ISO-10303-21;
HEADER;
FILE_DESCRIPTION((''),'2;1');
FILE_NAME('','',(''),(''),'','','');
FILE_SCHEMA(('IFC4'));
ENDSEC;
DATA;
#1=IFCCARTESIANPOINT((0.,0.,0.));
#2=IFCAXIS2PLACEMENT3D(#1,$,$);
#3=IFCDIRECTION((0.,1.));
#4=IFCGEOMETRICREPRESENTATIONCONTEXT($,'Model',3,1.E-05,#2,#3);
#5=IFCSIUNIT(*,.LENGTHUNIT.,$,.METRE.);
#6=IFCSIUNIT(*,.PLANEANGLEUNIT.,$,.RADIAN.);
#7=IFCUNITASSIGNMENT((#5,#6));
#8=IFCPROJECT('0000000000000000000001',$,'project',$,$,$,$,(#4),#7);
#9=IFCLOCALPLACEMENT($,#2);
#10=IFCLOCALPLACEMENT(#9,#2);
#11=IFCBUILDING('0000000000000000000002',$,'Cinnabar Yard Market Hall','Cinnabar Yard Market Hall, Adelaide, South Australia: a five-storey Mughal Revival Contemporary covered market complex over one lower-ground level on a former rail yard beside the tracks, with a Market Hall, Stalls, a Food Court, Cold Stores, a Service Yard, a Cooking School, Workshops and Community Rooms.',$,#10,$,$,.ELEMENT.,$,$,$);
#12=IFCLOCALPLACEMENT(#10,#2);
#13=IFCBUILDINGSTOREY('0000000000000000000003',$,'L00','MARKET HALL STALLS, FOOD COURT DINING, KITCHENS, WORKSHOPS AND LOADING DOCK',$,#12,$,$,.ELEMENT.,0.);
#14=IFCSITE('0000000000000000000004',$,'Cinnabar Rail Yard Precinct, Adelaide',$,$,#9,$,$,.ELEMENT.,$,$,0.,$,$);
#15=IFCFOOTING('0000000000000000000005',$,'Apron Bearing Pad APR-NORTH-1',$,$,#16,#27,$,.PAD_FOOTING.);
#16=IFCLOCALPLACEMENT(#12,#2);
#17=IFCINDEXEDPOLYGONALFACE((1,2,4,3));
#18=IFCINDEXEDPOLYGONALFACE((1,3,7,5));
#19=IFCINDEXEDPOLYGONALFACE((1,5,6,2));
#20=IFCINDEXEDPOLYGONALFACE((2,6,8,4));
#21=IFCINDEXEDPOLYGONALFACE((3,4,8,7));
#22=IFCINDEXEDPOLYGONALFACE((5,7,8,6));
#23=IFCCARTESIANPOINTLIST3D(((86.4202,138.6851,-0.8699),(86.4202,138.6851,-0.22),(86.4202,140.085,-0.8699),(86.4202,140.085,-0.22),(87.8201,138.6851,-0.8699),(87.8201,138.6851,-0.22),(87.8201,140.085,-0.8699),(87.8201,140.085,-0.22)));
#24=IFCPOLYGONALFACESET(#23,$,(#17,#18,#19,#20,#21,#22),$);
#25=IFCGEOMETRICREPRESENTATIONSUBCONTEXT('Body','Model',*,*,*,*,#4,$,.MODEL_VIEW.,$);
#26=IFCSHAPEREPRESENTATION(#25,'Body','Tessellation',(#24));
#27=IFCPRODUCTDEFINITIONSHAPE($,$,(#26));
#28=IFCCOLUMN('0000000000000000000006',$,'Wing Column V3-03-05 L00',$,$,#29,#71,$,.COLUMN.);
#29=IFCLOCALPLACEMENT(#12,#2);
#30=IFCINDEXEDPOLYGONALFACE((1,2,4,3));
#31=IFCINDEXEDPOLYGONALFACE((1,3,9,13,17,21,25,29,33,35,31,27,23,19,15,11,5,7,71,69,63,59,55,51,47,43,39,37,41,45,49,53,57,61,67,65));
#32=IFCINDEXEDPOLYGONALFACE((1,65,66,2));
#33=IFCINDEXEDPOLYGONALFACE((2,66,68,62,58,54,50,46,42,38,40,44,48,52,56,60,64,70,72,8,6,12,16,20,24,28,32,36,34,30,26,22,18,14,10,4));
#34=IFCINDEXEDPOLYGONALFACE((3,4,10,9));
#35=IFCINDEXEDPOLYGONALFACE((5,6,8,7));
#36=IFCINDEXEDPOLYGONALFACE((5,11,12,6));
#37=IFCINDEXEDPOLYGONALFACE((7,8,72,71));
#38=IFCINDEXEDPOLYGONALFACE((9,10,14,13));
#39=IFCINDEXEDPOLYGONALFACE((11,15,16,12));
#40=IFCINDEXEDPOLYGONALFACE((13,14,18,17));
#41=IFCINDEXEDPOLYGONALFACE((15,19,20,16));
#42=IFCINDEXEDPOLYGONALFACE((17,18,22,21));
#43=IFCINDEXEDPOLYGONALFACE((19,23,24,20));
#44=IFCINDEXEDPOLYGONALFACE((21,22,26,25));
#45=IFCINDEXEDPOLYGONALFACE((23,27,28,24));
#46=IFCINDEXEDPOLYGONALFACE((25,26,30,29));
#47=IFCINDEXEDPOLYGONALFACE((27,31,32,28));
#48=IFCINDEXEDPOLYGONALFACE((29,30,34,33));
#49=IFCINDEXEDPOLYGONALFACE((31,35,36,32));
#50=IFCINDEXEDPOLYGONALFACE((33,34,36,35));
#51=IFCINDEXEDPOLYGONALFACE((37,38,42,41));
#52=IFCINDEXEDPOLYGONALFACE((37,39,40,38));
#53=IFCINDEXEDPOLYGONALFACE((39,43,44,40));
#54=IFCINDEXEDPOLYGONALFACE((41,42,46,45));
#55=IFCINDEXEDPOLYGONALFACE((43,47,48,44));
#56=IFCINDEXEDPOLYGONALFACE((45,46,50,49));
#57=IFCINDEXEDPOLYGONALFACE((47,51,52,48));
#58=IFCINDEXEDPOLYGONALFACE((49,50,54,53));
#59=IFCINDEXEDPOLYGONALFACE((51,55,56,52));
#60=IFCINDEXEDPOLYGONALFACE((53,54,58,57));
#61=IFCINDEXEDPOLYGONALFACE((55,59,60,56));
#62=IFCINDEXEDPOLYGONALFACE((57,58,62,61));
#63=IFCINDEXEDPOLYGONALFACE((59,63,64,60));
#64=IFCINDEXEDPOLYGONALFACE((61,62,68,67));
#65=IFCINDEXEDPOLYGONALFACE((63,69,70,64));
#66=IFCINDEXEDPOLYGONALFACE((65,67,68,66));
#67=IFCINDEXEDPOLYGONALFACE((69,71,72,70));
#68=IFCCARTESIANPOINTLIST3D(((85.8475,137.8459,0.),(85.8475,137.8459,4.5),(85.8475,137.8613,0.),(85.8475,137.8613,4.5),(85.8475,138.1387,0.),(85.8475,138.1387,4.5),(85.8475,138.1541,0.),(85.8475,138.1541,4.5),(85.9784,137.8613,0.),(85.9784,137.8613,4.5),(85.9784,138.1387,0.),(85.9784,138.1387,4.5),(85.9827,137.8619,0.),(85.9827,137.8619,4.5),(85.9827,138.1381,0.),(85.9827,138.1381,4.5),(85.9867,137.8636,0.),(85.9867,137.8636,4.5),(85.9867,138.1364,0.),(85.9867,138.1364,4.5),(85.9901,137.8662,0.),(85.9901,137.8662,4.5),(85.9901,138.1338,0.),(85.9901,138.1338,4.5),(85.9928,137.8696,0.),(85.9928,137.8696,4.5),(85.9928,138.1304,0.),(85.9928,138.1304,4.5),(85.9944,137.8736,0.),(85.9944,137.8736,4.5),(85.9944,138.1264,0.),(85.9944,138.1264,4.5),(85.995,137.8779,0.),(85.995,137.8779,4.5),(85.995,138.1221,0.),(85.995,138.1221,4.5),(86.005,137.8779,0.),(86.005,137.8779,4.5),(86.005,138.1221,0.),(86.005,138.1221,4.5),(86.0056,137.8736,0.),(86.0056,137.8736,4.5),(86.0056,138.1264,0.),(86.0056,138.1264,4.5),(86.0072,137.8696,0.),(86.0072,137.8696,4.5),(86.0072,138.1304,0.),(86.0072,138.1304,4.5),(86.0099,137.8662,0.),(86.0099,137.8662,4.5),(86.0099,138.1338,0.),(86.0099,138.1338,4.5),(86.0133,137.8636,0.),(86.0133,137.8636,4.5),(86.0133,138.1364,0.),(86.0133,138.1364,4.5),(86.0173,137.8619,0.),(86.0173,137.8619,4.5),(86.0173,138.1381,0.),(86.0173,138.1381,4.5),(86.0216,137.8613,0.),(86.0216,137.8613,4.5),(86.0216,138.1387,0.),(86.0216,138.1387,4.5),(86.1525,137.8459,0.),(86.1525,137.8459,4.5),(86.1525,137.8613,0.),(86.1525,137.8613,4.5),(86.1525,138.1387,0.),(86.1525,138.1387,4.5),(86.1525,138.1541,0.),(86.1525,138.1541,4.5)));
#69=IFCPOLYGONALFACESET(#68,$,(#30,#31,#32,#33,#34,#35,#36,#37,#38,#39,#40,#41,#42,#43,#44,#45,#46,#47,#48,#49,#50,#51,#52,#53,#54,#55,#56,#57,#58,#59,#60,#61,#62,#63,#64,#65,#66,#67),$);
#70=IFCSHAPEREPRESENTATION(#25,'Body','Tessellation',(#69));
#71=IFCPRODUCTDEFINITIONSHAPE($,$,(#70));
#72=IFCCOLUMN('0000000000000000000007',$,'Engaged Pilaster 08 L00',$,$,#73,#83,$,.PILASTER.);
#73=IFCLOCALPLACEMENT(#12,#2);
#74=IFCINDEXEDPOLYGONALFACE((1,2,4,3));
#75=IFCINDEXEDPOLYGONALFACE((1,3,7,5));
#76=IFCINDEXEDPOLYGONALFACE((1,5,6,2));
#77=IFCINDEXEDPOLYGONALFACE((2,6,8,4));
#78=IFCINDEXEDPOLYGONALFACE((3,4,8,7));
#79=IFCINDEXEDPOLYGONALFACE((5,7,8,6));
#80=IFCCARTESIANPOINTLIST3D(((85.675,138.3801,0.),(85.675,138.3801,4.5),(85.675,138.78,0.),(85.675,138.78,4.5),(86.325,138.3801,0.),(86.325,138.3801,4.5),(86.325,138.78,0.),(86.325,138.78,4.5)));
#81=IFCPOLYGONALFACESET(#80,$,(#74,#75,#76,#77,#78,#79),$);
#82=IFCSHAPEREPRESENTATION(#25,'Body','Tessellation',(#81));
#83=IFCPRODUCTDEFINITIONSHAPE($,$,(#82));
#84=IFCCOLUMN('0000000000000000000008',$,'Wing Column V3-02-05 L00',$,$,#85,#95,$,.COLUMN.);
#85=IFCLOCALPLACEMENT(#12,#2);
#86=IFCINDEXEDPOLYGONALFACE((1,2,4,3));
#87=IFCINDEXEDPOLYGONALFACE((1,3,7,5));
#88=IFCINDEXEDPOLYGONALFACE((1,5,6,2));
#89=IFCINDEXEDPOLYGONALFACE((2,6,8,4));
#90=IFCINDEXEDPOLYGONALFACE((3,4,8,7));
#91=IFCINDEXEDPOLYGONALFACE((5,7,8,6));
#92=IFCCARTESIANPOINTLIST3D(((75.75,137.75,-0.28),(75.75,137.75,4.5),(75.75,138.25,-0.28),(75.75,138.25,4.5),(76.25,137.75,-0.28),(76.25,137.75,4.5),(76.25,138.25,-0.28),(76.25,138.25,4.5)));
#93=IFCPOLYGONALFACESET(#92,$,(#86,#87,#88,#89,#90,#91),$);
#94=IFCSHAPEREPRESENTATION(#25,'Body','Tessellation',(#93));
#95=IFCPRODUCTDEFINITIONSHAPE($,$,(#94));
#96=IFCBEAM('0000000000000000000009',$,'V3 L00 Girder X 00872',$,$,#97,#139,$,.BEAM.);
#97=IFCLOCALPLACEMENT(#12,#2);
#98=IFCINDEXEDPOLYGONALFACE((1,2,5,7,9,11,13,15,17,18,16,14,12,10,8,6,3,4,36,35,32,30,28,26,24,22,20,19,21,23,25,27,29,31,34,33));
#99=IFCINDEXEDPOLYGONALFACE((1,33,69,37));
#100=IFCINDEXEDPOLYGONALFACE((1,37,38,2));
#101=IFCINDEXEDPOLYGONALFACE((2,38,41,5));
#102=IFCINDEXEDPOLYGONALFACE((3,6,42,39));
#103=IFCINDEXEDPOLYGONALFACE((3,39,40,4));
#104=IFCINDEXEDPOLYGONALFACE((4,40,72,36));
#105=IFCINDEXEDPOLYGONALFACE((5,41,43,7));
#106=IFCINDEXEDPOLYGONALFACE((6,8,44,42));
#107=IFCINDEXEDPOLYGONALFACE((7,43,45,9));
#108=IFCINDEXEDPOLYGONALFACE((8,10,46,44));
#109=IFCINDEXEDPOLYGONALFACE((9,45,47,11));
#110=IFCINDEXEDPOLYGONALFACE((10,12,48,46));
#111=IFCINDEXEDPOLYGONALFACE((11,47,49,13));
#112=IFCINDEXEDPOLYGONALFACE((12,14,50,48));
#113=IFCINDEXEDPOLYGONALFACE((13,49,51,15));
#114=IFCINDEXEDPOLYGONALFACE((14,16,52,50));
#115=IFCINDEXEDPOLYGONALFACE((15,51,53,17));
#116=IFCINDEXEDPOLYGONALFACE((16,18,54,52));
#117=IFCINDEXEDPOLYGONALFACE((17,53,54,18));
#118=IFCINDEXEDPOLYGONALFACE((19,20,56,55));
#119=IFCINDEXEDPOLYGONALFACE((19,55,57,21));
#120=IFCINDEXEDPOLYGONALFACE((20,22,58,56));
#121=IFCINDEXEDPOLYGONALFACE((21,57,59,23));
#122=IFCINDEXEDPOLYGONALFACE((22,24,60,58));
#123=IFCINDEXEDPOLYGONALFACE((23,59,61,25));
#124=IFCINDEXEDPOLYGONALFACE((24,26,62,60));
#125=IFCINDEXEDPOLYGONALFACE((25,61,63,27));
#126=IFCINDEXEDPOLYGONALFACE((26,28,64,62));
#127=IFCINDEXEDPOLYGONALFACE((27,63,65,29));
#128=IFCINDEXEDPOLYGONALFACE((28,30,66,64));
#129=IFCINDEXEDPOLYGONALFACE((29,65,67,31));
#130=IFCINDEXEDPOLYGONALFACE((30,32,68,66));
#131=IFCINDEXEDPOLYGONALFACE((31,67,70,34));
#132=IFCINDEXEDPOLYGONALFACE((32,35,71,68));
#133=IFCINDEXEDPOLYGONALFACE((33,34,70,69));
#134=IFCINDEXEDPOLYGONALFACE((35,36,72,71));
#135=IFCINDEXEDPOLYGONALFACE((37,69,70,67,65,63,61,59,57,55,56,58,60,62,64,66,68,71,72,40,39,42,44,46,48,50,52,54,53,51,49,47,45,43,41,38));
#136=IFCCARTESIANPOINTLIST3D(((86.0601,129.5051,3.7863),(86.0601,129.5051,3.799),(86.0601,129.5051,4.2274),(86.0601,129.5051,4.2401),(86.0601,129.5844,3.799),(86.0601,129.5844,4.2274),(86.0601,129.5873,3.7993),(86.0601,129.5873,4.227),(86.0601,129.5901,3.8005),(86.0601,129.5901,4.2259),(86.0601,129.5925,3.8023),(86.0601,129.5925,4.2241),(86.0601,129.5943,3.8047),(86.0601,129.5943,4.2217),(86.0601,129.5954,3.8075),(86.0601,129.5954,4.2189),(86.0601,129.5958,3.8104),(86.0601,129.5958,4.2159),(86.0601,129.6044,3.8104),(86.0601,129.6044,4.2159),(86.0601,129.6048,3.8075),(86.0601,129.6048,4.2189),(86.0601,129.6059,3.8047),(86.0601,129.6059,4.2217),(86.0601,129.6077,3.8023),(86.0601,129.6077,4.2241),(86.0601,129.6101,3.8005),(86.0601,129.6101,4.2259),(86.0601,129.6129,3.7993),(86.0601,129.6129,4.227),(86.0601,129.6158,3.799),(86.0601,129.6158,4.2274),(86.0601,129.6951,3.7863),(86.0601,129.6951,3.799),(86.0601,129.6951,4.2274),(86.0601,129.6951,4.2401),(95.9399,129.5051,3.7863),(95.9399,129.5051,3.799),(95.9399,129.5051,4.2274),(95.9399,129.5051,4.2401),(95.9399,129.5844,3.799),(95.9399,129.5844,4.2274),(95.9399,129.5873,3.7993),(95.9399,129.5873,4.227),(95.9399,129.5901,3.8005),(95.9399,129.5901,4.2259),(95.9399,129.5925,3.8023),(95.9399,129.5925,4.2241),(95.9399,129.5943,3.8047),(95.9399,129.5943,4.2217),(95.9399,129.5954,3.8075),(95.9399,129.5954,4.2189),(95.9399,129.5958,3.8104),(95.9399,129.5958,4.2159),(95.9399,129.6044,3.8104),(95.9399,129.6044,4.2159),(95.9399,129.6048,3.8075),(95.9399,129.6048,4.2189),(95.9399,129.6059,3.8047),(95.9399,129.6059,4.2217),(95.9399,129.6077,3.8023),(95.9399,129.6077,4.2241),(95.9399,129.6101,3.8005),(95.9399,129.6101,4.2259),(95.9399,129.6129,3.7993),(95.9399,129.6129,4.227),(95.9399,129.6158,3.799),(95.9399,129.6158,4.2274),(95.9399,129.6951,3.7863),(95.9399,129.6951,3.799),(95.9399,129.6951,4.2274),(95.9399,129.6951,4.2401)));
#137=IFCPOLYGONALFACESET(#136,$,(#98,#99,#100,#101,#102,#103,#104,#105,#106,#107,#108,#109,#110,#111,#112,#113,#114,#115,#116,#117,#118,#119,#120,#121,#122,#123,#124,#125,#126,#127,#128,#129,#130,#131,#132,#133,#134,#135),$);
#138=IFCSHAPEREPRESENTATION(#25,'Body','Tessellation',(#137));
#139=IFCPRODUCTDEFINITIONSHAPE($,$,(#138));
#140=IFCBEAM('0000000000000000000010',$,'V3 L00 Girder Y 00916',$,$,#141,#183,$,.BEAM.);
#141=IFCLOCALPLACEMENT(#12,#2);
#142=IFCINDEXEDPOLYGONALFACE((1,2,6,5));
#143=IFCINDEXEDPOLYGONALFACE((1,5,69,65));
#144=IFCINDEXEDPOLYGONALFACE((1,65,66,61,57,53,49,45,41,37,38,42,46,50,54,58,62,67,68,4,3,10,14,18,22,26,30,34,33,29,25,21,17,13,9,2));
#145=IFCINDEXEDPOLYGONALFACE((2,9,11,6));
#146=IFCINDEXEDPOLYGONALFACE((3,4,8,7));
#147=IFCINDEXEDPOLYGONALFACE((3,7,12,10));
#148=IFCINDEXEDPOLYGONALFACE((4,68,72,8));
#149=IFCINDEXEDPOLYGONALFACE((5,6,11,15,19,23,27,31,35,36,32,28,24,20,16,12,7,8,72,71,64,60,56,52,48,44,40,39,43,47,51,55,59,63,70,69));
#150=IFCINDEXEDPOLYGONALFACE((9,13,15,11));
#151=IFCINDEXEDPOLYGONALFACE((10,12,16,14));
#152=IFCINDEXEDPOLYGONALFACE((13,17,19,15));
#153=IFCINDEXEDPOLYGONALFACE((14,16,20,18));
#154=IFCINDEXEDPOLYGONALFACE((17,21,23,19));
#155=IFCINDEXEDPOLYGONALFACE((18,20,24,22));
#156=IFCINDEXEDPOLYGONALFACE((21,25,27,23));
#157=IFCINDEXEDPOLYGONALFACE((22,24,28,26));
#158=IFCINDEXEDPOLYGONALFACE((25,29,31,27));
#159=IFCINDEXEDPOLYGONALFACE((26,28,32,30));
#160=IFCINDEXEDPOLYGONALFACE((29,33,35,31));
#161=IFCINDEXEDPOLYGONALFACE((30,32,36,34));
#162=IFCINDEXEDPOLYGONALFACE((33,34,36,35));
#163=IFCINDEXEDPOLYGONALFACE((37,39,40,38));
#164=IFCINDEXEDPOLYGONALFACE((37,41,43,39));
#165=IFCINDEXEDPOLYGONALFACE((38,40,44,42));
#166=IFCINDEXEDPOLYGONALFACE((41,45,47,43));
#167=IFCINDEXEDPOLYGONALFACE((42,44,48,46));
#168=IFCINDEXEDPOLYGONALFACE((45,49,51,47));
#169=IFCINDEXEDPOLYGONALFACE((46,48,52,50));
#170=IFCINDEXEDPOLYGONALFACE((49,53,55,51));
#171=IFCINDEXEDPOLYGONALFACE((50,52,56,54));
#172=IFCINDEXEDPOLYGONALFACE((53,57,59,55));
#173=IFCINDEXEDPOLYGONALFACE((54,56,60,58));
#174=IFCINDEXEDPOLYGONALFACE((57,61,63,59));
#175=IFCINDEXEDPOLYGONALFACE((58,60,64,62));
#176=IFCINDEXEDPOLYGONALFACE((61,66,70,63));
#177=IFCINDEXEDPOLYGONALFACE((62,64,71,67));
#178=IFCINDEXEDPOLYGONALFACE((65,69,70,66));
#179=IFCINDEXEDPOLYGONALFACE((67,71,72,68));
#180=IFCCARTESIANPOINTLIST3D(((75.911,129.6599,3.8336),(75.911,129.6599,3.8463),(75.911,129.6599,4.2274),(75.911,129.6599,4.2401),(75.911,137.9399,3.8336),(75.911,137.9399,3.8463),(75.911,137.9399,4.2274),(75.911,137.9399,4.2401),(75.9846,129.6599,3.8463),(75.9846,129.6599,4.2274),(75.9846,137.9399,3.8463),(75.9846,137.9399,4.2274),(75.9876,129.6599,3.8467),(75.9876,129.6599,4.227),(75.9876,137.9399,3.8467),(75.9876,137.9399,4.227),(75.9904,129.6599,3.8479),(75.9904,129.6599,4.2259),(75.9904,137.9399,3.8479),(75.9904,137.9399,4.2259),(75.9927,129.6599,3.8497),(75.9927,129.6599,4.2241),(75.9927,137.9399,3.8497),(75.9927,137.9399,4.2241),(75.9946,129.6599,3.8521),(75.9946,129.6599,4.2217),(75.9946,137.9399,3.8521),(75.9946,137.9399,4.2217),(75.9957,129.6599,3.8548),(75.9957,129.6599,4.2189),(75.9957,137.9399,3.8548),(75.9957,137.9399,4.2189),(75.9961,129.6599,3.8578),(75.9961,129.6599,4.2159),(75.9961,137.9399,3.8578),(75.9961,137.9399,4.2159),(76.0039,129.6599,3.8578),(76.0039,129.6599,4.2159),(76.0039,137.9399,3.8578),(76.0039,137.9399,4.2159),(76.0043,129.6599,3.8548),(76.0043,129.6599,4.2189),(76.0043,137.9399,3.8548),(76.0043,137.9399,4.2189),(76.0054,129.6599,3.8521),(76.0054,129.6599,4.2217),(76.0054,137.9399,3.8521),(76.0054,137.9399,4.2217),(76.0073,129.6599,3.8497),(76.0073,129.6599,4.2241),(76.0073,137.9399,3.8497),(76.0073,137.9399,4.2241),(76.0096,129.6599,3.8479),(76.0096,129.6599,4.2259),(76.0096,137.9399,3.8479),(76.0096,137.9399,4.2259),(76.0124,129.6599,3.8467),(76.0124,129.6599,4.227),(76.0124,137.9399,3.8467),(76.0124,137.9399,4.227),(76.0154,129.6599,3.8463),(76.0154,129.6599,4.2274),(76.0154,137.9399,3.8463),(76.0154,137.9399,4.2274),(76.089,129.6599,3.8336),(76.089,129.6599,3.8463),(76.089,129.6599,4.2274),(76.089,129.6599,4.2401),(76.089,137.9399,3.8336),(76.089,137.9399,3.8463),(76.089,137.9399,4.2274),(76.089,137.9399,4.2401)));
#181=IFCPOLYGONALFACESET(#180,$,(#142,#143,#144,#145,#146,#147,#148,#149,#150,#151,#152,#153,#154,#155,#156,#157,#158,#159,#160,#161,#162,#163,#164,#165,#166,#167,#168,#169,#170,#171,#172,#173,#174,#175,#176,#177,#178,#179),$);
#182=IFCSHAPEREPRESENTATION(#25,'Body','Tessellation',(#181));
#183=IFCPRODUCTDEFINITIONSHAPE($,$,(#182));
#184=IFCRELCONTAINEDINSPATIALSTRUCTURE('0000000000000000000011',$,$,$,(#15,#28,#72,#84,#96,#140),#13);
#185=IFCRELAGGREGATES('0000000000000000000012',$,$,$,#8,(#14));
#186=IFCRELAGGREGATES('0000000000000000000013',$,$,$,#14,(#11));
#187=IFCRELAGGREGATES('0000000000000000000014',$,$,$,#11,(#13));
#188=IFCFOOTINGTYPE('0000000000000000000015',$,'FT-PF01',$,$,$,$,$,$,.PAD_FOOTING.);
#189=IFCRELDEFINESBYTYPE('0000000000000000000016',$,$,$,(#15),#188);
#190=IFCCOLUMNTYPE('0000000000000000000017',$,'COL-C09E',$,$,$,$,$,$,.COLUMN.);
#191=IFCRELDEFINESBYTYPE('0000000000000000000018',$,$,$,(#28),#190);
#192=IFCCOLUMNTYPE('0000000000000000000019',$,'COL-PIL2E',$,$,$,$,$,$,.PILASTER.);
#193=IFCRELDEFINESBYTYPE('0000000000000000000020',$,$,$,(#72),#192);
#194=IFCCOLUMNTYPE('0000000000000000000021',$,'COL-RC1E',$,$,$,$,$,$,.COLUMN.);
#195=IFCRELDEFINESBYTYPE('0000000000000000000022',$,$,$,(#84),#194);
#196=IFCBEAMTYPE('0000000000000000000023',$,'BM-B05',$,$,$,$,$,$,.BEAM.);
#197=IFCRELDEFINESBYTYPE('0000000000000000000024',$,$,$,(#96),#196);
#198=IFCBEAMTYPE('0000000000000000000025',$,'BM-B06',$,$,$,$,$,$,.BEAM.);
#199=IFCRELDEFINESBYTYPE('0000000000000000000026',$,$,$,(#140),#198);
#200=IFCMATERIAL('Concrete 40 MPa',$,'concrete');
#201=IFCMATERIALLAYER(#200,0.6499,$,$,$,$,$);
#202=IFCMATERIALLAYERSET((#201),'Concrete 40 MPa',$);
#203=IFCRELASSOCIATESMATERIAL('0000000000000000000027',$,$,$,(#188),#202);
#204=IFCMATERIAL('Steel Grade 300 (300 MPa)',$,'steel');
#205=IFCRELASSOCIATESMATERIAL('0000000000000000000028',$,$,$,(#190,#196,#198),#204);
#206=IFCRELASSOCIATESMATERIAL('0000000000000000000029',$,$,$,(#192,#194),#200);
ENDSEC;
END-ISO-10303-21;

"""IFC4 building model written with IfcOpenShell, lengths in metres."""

from ifc_helpers import new_model, si_unit, direction, frame, origin, origin_2d_with_axis, place, context, subcontext, project, spatial, rectangle, i_section, extrude, material, layer, layer_set, material_profile, profile_set, type_object, element, save


model = new_model("IFC4")

# Units and contexts
model_context = context("Model", 3, precision=1e-05, world=origin(), true_north=direction((0.0, 1.0)))
body_context = subcontext(model_context, "Body", "Model", "MODEL_VIEW")
ifc_project = project(units=[si_unit("LENGTHUNIT", "METRE"), si_unit("PLANEANGLEUNIT", "RADIAN")], contexts=[model_context])

# Site, building, storey
site_placement = place(None, origin())
site = spatial("IfcSite", under=ifc_project, at=site_placement, Name="Cinnabar Rail Yard Precinct, Adelaide", CompositionType="ELEMENT", RefElevation=0.0)
building_placement = place(site_placement, origin())
building = spatial("IfcBuilding", under=site, at=building_placement, Name="Cinnabar Yard Market Hall", Description="Cinnabar Yard Market Hall, Adelaide, South Australia: a five-storey Mughal Revival Contemporary covered market complex over one lower-ground level on a former rail yard beside the tracks, with a Market Hall, Stalls, a Food Court, Cold Stores, a Service Yard, a Cooking School, Workshops and Community Rooms.", CompositionType="ELEMENT")
storey_placement = place(building_placement, origin())
storey = spatial("IfcBuildingStorey", under=building, at=storey_placement, Name="L00", Description="MARKET HALL STALLS, FOOD COURT DINING, KITCHENS, WORKSHOPS AND LOADING DOCK", CompositionType="ELEMENT", Elevation=0.0)

# Footing
ifc_material_1 = material(Name="Concrete 40 MPa", Category="concrete")
ifc_layer_1 = layer(ifc_material_1, 0.6499)
ifc_layer_set_1 = layer_set([ifc_layer_1], Name="Concrete 40 MPa")
footing_type = type_object("IfcFootingType", Name="FT-PF01", PredefinedType="PAD_FOOTING", material=ifc_layer_set_1)
footing_placement = place(storey_placement, frame((87.1201, 139.385, -0.8699), z_axis=(0.0, 0.0, 1.0), x_axis=(1.0, 0.0, 0.0)))
element("IfcFooting", 1, at=footing_placement, inside=storey, type_object=footing_type, Name="Apron Bearing Pad APR-NORTH-1", PredefinedType="PAD_FOOTING", context=body_context, shape_type="SweptSolid", body=[
    extrude(rectangle(XDim=1.3999, YDim=1.3999, at=origin_2d_with_axis()), origin(), (0.0, 0.0, 1.0), 0.6499),
])

# Columns
ifc_material_2 = material(Name="Steel Grade 300 (300 MPa)", Category="steel")
ifc_material_profile_1 = material_profile(ifc_material_2, i_section(OverallWidth=0.3049, OverallDepth=0.3081, WebThickness=0.01, FlangeThickness=0.0154, FilletRadius=0.0166, at=origin_2d_with_axis()), Name="310UC96.8")
ifc_profile_set_1 = profile_set([ifc_material_profile_1], Name="Steel Grade 300 (300 MPa)")
column_type_1 = type_object("IfcColumnType", Name="COL-C09E", PredefinedType="COLUMN", material=ifc_profile_set_1)
column_1_placement = place(storey_placement, frame((86.0, 138.0, 0.0), z_axis=(0.0, 0.0, 1.0), x_axis=(1.0, 0.0, 0.0)))
element("IfcColumn", 2, at=column_1_placement, inside=storey, type_object=column_type_1, Name="Wing Column V3-03-05 L00", PredefinedType="COLUMN", context=body_context, shape_type="SweptSolid", body=[
    extrude(i_section(OverallWidth=0.3049, OverallDepth=0.3081, WebThickness=0.01, FlangeThickness=0.0154, FilletRadius=0.0166, at=origin_2d_with_axis()), origin(), (0.0, 0.0, 1.0), 4.5),
])
ifc_material_profile_2 = material_profile(ifc_material_1, rectangle(XDim=0.6499, YDim=0.3999, at=origin_2d_with_axis()), Name="RC-650x400")
ifc_profile_set_2 = profile_set([ifc_material_profile_2], Name="Concrete 40 MPa")
column_type_2 = type_object("IfcColumnType", Name="COL-PIL2E", PredefinedType="PILASTER", material=ifc_profile_set_2)
column_2_placement = place(storey_placement, frame((86.0, 138.5801, 0.0), z_axis=(0.0, 0.0, 1.0), x_axis=(1.0, 0.0, 0.0)))
element("IfcColumn", 3, at=column_2_placement, inside=storey, type_object=column_type_2, Name="Engaged Pilaster 08 L00", PredefinedType="PILASTER", context=body_context, shape_type="SweptSolid", body=[
    extrude(rectangle(XDim=0.6499, YDim=0.3999, at=origin_2d_with_axis()), origin(), (0.0, 0.0, 1.0), 4.5),
])
ifc_material_profile_3 = material_profile(ifc_material_1, rectangle(XDim=0.5, YDim=0.5, at=origin_2d_with_axis()), Name="RC-500x500")
ifc_profile_set_3 = profile_set([ifc_material_profile_3], Name="Concrete 40 MPa")
column_type_3 = type_object("IfcColumnType", Name="COL-RC1E", PredefinedType="COLUMN", material=ifc_profile_set_3)
column_3_placement = place(storey_placement, frame((76.0, 138.0, -0.28), z_axis=(0.0, 0.0, 1.0), x_axis=(1.0, 0.0, 0.0)))
element("IfcColumn", 4, at=column_3_placement, inside=storey, type_object=column_type_3, Name="Wing Column V3-02-05 L00", PredefinedType="COLUMN", context=body_context, shape_type="SweptSolid", body=[
    extrude(rectangle(XDim=0.5, YDim=0.5, at=origin_2d_with_axis()), origin(), (0.0, 0.0, 1.0), 4.78),
])

# Beams
ifc_material_profile_4 = material_profile(ifc_material_2, i_section(OverallWidth=0.1899, OverallDepth=0.4539, WebThickness=0.0085, FlangeThickness=0.0127, FilletRadius=0.0115, at=origin_2d_with_axis()), Name="460UB67.1")
ifc_profile_set_4 = profile_set([ifc_material_profile_4], Name="Steel Grade 300 (300 MPa)")
beam_type_1 = type_object("IfcBeamType", Name="BM-B05", PredefinedType="BEAM", material=ifc_profile_set_4)
beam_placement = place(storey_placement, frame((86.0601, 129.6001, 4.0132), z_axis=(1.0, 0.0, 0.0), x_axis=(0.0, 1.0, 0.0)))
element("IfcBeam", 5, at=beam_placement, inside=storey, type_object=beam_type_1, Name="V3 L00 Girder X 00872", PredefinedType="BEAM", context=body_context, shape_type="SweptSolid", body=[
    extrude(i_section(OverallWidth=0.1899, OverallDepth=0.4539, WebThickness=0.0085, FlangeThickness=0.0127, FilletRadius=0.0115, at=origin_2d_with_axis()), origin(), (0.0, 0.0, 1.0), 9.8799),
])
ifc_material_profile_5 = material_profile(ifc_material_2, i_section(OverallWidth=0.178, OverallDepth=0.4065, WebThickness=0.0078, FlangeThickness=0.0127, FilletRadius=0.0115, at=origin_2d_with_axis()), Name="410UB59.7")
ifc_profile_set_5 = profile_set([ifc_material_profile_5], Name="Steel Grade 300 (300 MPa)")
beam_type_2 = type_object("IfcBeamType", Name="BM-B06", PredefinedType="BEAM", material=ifc_profile_set_5)
for number, where, z_axis, x_axis, name in (
    (6, (76.0, 129.6599, 4.0369), (0.0, 1.0, 0.0), (-1.0, 0.0, 0.0), "V3 L00 Girder Y 00916"),
):
    element("IfcBeam", number, at=place(storey_placement, frame(where, z_axis=z_axis, x_axis=x_axis)), inside=storey, type_object=beam_type_2, Name=name, PredefinedType="BEAM", context=body_context, shape_type="SweptSolid", body=[
        extrude(i_section(OverallWidth=0.178, OverallDepth=0.4065, WebThickness=0.0078, FlangeThickness=0.0127, FilletRadius=0.0115, at=origin_2d_with_axis()), origin(), (0.0, 0.0, 1.0), 8.28),
    ])

save(model, "model.ifc")
